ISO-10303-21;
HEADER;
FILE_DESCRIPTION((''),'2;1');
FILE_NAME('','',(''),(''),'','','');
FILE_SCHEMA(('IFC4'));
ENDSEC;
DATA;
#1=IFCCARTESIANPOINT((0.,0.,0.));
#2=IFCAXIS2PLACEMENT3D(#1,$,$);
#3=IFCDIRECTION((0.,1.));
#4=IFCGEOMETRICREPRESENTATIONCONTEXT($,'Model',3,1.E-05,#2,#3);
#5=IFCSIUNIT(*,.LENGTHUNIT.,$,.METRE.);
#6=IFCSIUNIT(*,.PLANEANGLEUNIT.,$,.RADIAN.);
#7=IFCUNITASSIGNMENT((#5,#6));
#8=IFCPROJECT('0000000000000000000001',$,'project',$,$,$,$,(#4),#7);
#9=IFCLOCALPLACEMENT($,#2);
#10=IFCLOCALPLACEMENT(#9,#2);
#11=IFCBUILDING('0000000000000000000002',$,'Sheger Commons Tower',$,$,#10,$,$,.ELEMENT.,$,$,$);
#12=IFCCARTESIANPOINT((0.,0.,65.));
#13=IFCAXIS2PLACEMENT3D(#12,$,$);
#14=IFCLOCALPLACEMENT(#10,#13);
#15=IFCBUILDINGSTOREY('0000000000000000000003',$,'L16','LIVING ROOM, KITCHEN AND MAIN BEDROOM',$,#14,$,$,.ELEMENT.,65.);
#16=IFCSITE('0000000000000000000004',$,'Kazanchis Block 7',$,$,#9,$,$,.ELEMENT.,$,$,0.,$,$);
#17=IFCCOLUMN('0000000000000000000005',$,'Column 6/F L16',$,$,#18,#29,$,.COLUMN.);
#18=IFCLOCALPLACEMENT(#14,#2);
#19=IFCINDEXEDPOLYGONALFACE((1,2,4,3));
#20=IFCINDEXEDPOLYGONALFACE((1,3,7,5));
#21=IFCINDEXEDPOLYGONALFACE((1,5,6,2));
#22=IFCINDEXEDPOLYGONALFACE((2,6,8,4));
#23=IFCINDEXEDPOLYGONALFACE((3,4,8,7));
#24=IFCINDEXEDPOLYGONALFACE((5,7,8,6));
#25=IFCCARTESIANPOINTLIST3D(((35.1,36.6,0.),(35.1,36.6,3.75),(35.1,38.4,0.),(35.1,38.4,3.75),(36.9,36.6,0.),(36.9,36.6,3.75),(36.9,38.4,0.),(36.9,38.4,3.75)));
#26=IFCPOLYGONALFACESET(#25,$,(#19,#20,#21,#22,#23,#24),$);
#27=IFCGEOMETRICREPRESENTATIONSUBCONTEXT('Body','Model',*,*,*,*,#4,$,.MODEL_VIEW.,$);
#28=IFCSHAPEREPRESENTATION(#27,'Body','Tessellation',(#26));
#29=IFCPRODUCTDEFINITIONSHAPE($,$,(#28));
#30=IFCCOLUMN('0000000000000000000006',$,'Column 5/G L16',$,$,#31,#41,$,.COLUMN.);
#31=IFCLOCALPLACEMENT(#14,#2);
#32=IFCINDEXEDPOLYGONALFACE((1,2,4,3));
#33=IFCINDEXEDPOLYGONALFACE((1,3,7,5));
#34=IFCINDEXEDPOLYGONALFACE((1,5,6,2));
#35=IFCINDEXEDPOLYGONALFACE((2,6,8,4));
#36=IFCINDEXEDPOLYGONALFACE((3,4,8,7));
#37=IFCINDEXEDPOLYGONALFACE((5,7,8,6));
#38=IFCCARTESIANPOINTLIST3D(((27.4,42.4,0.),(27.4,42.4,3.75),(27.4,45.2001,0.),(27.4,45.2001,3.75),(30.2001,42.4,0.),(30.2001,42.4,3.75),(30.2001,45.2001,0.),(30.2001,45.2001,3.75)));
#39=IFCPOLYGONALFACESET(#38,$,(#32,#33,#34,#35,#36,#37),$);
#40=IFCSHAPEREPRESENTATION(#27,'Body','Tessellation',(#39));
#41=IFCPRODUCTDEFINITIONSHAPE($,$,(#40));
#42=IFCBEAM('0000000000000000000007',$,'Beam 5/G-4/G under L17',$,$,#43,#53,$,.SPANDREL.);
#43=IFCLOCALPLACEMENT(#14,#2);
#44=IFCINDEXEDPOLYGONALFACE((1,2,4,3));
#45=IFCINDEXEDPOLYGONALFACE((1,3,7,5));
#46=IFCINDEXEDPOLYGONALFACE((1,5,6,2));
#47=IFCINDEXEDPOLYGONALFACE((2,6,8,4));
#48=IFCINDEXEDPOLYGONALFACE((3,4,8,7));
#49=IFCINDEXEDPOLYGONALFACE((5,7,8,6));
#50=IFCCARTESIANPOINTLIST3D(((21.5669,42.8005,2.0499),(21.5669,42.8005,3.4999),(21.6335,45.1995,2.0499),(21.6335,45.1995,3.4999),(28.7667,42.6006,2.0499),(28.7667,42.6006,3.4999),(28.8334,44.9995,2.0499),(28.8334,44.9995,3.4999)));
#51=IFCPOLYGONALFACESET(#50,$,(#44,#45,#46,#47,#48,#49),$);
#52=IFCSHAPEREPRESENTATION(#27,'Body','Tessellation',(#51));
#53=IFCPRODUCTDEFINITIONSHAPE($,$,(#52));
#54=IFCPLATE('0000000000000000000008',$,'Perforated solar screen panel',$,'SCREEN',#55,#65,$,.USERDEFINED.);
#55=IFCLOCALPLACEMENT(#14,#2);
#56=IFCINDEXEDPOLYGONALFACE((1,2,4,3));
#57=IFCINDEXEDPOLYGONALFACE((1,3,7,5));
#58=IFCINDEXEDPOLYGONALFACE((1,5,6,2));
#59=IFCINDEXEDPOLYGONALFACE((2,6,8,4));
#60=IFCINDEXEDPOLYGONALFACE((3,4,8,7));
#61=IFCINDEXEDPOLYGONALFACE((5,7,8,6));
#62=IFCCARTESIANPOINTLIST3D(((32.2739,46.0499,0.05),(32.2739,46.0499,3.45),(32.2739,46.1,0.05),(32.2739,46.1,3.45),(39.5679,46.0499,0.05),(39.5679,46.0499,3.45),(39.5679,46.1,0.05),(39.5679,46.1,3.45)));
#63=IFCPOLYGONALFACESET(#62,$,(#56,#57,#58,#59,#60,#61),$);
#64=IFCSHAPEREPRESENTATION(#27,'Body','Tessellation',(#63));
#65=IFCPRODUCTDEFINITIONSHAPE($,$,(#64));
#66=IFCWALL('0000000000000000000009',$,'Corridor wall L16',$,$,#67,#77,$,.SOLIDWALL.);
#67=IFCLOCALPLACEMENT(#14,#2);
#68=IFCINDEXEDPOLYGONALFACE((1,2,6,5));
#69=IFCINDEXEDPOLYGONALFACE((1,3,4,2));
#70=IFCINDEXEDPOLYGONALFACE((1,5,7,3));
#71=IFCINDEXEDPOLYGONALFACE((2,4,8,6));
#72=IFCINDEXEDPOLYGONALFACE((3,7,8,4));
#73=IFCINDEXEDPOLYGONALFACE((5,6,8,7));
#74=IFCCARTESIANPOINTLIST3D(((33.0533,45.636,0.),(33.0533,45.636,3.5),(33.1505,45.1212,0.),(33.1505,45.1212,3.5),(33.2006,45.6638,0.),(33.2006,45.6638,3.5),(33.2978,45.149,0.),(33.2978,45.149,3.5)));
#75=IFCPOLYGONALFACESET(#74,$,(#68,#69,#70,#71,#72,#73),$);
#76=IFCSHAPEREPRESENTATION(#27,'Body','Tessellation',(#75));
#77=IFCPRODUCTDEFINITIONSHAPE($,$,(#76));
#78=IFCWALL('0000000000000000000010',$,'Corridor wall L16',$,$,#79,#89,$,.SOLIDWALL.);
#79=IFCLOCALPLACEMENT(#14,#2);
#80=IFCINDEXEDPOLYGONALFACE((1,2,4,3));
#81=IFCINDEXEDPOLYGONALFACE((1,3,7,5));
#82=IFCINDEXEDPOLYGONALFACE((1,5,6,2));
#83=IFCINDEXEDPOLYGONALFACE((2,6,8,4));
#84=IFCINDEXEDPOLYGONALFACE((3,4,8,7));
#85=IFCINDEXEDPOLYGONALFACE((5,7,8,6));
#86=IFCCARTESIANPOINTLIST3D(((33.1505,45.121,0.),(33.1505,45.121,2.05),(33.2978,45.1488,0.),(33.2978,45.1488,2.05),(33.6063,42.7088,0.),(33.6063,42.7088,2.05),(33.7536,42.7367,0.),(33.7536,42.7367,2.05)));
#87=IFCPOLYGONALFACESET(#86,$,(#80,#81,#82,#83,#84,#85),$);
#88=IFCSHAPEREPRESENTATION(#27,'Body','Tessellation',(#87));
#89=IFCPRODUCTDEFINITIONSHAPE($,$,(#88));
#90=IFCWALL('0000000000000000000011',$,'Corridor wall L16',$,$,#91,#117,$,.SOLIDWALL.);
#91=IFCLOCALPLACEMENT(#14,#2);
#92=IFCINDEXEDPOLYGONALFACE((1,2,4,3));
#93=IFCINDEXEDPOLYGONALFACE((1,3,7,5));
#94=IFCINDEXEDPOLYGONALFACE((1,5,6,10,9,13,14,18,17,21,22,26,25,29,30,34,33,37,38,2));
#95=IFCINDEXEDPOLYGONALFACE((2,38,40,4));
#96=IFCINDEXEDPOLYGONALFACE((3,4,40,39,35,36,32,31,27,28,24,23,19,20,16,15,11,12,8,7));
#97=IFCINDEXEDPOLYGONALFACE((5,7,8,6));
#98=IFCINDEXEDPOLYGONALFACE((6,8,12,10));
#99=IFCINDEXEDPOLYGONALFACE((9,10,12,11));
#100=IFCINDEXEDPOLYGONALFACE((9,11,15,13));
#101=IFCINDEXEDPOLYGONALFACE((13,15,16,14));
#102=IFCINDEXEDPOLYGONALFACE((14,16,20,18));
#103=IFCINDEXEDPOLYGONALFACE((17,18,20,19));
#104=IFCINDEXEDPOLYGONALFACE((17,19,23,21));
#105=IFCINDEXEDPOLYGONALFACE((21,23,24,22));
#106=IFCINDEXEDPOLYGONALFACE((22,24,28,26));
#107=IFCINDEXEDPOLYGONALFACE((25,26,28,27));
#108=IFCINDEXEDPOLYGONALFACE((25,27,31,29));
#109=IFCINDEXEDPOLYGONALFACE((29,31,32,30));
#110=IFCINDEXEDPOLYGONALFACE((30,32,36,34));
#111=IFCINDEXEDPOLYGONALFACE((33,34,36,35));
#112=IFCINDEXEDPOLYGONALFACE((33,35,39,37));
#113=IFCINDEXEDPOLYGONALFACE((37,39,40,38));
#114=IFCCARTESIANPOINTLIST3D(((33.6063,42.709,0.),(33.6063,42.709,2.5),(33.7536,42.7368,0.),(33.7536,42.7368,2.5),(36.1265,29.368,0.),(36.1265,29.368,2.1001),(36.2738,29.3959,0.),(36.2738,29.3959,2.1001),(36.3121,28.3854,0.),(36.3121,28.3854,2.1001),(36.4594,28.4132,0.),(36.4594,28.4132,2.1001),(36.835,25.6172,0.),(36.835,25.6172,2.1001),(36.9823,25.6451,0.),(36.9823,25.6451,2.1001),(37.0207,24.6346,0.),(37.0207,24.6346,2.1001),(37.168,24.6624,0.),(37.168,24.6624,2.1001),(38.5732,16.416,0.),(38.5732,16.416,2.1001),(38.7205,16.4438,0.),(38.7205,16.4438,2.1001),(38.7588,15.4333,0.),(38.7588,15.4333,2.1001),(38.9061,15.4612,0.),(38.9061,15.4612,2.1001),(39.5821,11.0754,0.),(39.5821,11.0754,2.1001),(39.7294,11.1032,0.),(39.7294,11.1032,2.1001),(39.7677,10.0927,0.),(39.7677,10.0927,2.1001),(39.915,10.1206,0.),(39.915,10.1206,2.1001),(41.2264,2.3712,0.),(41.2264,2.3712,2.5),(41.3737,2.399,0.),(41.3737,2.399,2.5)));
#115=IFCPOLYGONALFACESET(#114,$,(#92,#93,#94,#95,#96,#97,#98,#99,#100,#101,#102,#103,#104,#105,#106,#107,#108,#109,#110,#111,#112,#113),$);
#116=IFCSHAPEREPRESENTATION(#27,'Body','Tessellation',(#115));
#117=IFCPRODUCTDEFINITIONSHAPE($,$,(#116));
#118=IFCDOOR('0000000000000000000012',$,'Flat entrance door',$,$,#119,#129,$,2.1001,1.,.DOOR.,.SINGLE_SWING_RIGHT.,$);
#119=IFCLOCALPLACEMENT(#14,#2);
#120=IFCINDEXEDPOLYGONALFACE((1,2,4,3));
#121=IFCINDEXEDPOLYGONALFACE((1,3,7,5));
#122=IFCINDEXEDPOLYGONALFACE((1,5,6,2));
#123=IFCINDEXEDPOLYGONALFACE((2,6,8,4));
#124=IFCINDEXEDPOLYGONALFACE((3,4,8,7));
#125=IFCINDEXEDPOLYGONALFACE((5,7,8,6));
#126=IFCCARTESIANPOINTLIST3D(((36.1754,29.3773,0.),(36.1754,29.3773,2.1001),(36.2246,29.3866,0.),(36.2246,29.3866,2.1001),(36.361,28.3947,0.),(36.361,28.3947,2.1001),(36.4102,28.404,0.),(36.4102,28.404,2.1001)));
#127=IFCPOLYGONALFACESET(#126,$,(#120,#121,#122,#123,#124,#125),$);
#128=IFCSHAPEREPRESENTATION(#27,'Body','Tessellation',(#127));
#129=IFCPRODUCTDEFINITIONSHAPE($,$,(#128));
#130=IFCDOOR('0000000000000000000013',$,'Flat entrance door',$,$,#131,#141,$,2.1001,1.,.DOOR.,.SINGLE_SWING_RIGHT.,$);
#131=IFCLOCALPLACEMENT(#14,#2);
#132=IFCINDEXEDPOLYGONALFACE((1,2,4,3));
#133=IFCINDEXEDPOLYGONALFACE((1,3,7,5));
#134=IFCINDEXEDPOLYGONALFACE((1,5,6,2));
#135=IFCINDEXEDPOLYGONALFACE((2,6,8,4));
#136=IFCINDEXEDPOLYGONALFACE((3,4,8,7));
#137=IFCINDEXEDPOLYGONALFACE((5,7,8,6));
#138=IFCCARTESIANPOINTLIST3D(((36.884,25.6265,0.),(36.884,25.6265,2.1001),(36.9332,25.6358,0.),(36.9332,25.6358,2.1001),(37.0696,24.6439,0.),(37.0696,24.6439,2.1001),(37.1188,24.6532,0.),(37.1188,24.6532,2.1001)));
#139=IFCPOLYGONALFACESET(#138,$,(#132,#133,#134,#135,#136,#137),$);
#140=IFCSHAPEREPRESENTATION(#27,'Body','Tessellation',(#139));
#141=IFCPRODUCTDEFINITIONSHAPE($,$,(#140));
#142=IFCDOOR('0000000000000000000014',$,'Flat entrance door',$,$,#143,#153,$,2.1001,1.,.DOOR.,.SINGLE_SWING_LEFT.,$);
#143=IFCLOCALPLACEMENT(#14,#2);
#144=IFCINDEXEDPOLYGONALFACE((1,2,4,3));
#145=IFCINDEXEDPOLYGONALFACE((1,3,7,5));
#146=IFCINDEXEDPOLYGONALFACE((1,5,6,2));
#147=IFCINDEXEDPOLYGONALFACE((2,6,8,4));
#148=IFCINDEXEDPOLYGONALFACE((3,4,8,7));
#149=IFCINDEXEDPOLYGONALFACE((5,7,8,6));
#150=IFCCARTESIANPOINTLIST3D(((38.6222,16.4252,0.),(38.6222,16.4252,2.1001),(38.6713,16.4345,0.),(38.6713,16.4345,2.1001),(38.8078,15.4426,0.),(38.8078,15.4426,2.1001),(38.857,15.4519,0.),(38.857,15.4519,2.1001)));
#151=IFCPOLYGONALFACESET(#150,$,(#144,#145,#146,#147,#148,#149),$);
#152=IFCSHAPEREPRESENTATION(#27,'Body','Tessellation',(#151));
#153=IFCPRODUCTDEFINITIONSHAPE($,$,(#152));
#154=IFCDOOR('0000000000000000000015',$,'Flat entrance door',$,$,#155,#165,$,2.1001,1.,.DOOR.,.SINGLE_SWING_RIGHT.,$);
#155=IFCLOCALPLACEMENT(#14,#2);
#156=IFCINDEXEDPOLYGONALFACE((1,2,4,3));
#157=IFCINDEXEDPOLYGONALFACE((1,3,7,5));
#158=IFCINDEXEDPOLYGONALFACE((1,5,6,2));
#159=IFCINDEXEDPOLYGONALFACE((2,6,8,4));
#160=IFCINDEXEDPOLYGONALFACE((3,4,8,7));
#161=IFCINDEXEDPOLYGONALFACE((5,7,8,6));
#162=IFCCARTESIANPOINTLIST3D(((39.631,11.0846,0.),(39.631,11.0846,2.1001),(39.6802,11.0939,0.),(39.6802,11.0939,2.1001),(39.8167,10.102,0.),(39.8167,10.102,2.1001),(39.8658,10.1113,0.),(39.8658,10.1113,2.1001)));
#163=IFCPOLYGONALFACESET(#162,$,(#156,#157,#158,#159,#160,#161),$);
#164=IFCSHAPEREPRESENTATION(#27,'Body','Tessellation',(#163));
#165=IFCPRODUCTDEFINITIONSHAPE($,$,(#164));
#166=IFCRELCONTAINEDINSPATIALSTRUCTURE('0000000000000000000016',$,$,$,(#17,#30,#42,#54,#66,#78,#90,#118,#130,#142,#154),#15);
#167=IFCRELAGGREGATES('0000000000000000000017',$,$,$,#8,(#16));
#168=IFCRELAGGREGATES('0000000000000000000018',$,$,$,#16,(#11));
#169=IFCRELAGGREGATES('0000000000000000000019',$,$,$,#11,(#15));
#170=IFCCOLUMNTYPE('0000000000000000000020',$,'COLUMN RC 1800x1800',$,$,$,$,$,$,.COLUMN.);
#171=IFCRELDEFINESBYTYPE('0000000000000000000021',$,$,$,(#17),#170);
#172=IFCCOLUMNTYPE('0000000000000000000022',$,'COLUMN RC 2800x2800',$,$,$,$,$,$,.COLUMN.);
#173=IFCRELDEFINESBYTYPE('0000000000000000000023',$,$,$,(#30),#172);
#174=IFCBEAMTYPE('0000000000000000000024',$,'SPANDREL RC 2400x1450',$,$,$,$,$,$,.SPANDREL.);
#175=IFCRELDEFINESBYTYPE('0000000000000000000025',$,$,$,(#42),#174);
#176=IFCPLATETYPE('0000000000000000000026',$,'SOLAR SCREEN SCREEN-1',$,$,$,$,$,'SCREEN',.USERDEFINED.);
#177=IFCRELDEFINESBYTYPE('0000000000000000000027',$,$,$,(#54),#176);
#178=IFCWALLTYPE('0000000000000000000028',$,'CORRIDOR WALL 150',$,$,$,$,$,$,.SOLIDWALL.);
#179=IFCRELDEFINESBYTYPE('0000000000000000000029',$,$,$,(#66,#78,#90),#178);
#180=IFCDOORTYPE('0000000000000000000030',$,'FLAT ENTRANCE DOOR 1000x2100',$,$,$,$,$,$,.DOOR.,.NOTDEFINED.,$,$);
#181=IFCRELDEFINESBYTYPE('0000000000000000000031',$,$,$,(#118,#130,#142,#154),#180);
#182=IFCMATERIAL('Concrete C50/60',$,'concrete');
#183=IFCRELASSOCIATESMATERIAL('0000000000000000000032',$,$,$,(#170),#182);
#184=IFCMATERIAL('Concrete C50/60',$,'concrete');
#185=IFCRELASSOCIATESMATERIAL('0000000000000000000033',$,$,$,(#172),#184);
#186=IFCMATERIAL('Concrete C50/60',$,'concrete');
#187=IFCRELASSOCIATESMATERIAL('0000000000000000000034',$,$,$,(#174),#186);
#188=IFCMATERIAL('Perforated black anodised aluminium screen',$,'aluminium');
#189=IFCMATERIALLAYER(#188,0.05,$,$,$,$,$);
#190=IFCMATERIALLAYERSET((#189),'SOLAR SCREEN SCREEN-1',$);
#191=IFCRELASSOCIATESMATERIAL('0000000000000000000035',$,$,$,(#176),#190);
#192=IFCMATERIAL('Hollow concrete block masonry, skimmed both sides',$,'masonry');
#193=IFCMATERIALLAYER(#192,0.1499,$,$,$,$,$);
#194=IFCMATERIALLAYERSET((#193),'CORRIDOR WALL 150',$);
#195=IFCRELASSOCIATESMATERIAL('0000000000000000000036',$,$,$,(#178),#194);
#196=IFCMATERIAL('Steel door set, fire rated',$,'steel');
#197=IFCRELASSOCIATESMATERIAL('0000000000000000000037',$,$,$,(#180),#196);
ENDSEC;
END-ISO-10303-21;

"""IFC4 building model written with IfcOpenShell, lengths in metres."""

from ifc_helpers import new_model, si_unit, direction, frame, frame_2d, origin, origin_2d, place, context, subcontext, project, spatial, rectangle, extrude, material, layer, layer_set, material_profile, profile_set, type_object, element, fill, save


model = new_model("IFC4")

# Units and contexts
model_context = context("Model", 3, precision=1e-05, world=origin(), true_north=direction((0.0, 1.0)))
body_context = subcontext(model_context, "Body", "Model", "MODEL_VIEW")
ifc_project = project(units=[si_unit("LENGTHUNIT", "METRE"), si_unit("PLANEANGLEUNIT", "RADIAN")], contexts=[model_context])

# Site, building, storey
site_placement = place(None, origin())
site = spatial("IfcSite", under=ifc_project, at=site_placement, Name="Kazanchis Block 7", CompositionType="ELEMENT", RefElevation=0.0)
building_placement = place(site_placement, origin())
building = spatial("IfcBuilding", under=site, at=building_placement, Name="Sheger Commons Tower", CompositionType="ELEMENT")
storey_placement = place(building_placement, frame((0.0, 0.0, 65.0)))
storey = spatial("IfcBuildingStorey", under=building, at=storey_placement, Name="L16", Description="LIVING ROOM, KITCHEN AND MAIN BEDROOM", CompositionType="ELEMENT", Elevation=65.0)

# Columns
ifc_material_1 = material(Name="Concrete C50/60", Category="concrete")
ifc_material_profile_1 = material_profile(ifc_material_1, rectangle(XDim=1.8, YDim=1.8, at=origin_2d()), Name="RC 1800x1800")
ifc_profile_set_1 = profile_set([ifc_material_profile_1], Name="Concrete C50/60")
column_type_1 = type_object("IfcColumnType", Name="COLUMN RC 1800x1800", PredefinedType="COLUMN", material=ifc_profile_set_1)
column_1_placement = place(storey_placement, frame((36.0, 37.5, 0.0), z_axis=(0.0, 0.0, 1.0), x_axis=(1.0, 0.0, 0.0)))
element("IfcColumn", 1, at=column_1_placement, inside=storey, type_object=column_type_1, Name="Column 6/F L16", PredefinedType="COLUMN", context=body_context, shape_type="SweptSolid", body=[
    extrude(rectangle(XDim=1.8, YDim=1.8, at=origin_2d()), origin(), (0.0, 0.0, 1.0), 3.75),
])
ifc_material_2 = material(Name="Concrete C50/60", Category="concrete")
ifc_material_profile_2 = material_profile(ifc_material_2, rectangle(XDim=2.8, YDim=2.8, at=origin_2d()), Name="RC 2800x2800")
ifc_profile_set_2 = profile_set([ifc_material_profile_2], Name="Concrete C50/60")
column_type_2 = type_object("IfcColumnType", Name="COLUMN RC 2800x2800", PredefinedType="COLUMN", material=ifc_profile_set_2)
column_2_placement = place(storey_placement, frame((28.8, 43.8, 0.0), z_axis=(0.0, 0.0, 1.0), x_axis=(1.0, 0.0, 0.0)))
element("IfcColumn", 2, at=column_2_placement, inside=storey, type_object=column_type_2, Name="Column 5/G L16", PredefinedType="COLUMN", context=body_context, shape_type="SweptSolid", body=[
    extrude(rectangle(XDim=2.8, YDim=2.8, at=origin_2d()), origin(), (0.0, 0.0, 1.0), 3.75),
])

# Beam
ifc_material_3 = material(Name="Concrete C50/60", Category="concrete")
ifc_material_profile_3 = material_profile(ifc_material_3, rectangle(XDim=2.3999, YDim=1.45, at=origin_2d()), Name="RC 2400x1450")
ifc_profile_set_3 = profile_set([ifc_material_profile_3], Name="Concrete C50/60")
beam_type = type_object("IfcBeamType", Name="SPANDREL RC 2400x1450", PredefinedType="SPANDREL", material=ifc_profile_set_3)
beam_placement = place(storey_placement, frame((28.8, 43.8, 2.7749), z_axis=(-0.999615, 0.02776, 0.0), x_axis=(-0.02776, -0.999615, 0.0)))
element("IfcBeam", 3, at=beam_placement, inside=storey, type_object=beam_type, Name="Beam 5/G-4/G under L17", PredefinedType="SPANDREL", context=body_context, shape_type="SweptSolid", body=[
    extrude(rectangle(XDim=2.3999, YDim=1.45, at=origin_2d()), origin(), (0.0, 0.0, 1.0), 7.2026),
])

# Plate
ifc_material_4 = material(Name="Perforated black anodised aluminium screen", Category="aluminium")
ifc_layer_1 = layer(ifc_material_4, 0.05)
ifc_layer_set_1 = layer_set([ifc_layer_1], Name="SOLAR SCREEN SCREEN-1")
plate_type = type_object("IfcPlateType", Name="SOLAR SCREEN SCREEN-1", ElementType="SCREEN", PredefinedType="USERDEFINED", material=ifc_layer_set_1)
plate_placement = place(storey_placement, frame((35.9209, 46.075, 0.05), z_axis=(0.0, 0.0, 1.0), x_axis=(-1.0, 0.0, 0.0)))
element("IfcPlate", 4, at=plate_placement, inside=storey, type_object=plate_type, Name="Perforated solar screen panel", ObjectType="SCREEN", PredefinedType="USERDEFINED", context=body_context, shape_type="SweptSolid", body=[
    extrude(rectangle(XDim=7.2939, YDim=0.05, at=origin_2d()), origin(), (0.0, 0.0, 1.0), 3.3999),
])

# Walls
ifc_material_5 = material(Name="Hollow concrete block masonry, skimmed both sides", Category="masonry")
ifc_layer_2 = layer(ifc_material_5, 0.1499)
ifc_layer_set_2 = layer_set([ifc_layer_2], Name="CORRIDOR WALL 150")
wall_type_1 = type_object("IfcWallType", Name="CORRIDOR WALL 150", PredefinedType="SOLIDWALL", material=ifc_layer_set_2)
wall_1_placement = place(storey_placement, frame((33.127, 45.6499, 0.0), z_axis=(0.0, 0.0, 1.0), x_axis=(0.185442, -0.982655, 0.0)))
element("IfcWall", 5, at=wall_1_placement, inside=storey, type_object=wall_type_1, Name="Corridor wall L16", PredefinedType="SOLIDWALL", context=body_context, shape_type="SweptSolid", body=[
    extrude(rectangle(XDim=0.5239, YDim=0.1499, at=frame_2d((0.262, 0.0))), origin(), (0.0, 0.0, 1.0), 3.5),
])
wall_2_placement = place(storey_placement, frame((33.2241, 45.135, 0.0), z_axis=(0.0, 0.0, 1.0), x_axis=(0.185681, -0.98261, 0.0)))
element("IfcWall", 6, at=wall_2_placement, inside=storey, type_object=wall_type_1, Name="Corridor wall L16", PredefinedType="SOLIDWALL", context=body_context, shape_type="SweptSolid", body=[
    extrude(rectangle(XDim=2.4548, YDim=0.1499, at=frame_2d((1.2275, 0.0))), origin(), (0.0, 0.0, 1.0), 2.05),
])

# Wall, openings, doors
wall_3_placement = place(storey_placement, frame((33.6799, 42.7229, 0.0), z_axis=(0.0, 0.0, 1.0), x_axis=(0.185624, -0.982621, 0.0)))
wall_3 = element("IfcWall", 7, at=wall_3_placement, inside=storey, type_object=wall_type_1, Name="Corridor wall L16", PredefinedType="SOLIDWALL", context=body_context, shape_type="SweptSolid", body=[
    extrude(rectangle(XDim=41.0513, YDim=0.1499, at=frame_2d((20.5256, 0.0))), origin(), (0.0, 0.0, 1.0), 2.5),
])
opening_1_placement = place(wall_3_placement, frame((13.5769, 0.0, 0.0)))
opening_1 = element("IfcOpeningElement", 8, at=opening_1_placement, cuts=wall_3, PredefinedType="OPENING", context=body_context, shape_type="SweptSolid", body=[
    extrude(rectangle(XDim=1.0, YDim=2.1001, at=frame_2d((0.5, 1.05))), frame((0.0, 0.085, 0.0), z_axis=(0.0, -1.0, 0.0), x_axis=(1.0, 0.0, 0.0)), (0.0, 0.0, 1.0), 0.1699),
])
opening_2_placement = place(wall_3_placement, frame((17.394, 0.0, 0.0)))
opening_2 = element("IfcOpeningElement", 9, at=opening_2_placement, cuts=wall_3, PredefinedType="OPENING", context=body_context, shape_type="SweptSolid", body=[
    extrude(rectangle(XDim=1.0, YDim=2.1001, at=frame_2d((0.5, 1.05))), frame((0.0, 0.085, 0.0), z_axis=(0.0, -1.0, 0.0), x_axis=(1.0, 0.0, 0.0)), (0.0, 0.0, 1.0), 0.1699),
])
opening_3_placement = place(wall_3_placement, frame((26.7581, 0.0, 0.0)))
opening_3 = element("IfcOpeningElement", 10, at=opening_3_placement, cuts=wall_3, PredefinedType="OPENING", context=body_context, shape_type="SweptSolid", body=[
    extrude(rectangle(XDim=1.0, YDim=2.1001, at=frame_2d((0.5, 1.05))), frame((0.0, 0.085, 0.0), z_axis=(0.0, -1.0, 0.0), x_axis=(1.0, 0.0, 0.0)), (0.0, 0.0, 1.0), 0.1699),
])
opening_4_placement = place(wall_3_placement, frame((32.1931, 0.0, 0.0)))
opening_4 = element("IfcOpeningElement", 11, at=opening_4_placement, cuts=wall_3, PredefinedType="OPENING", context=body_context, shape_type="SweptSolid", body=[
    extrude(rectangle(XDim=1.0, YDim=2.1001, at=frame_2d((0.5, 1.05))), frame((0.0, 0.085, 0.0), z_axis=(0.0, -1.0, 0.0), x_axis=(1.0, 0.0, 0.0)), (0.0, 0.0, 1.0), 0.1699),
])
ifc_material_6 = material(Name="Steel door set, fire rated", Category="steel")
door_type_1 = type_object("IfcDoorType", Name="FLAT ENTRANCE DOOR 1000x2100", OperationType="NOTDEFINED", PredefinedType="DOOR", material=ifc_material_6)
door_1_placement = place(opening_1_placement, origin())
door_1 = element("IfcDoor", 12, at=door_1_placement, inside=storey, type_object=door_type_1, Name="Flat entrance door", OperationType="SINGLE_SWING_RIGHT", OverallHeight=2.1001, OverallWidth=1.0, PredefinedType="DOOR", context=body_context, shape_type="SweptSolid", body=[
    extrude(rectangle(XDim=1.0, YDim=2.1001, at=frame_2d((0.5, 1.05))), frame((0.0, 0.0249, 0.0), z_axis=(0.0, -1.0, 0.0), x_axis=(1.0, 0.0, 0.0)), (0.0, 0.0, 1.0), 0.05),
])
fill(opening_1, door_1)
door_2_placement = place(opening_2_placement, origin())
door_2 = element("IfcDoor", 13, at=door_2_placement, inside=storey, type_object=door_type_1, Name="Flat entrance door", OperationType="SINGLE_SWING_RIGHT", OverallHeight=2.1001, OverallWidth=1.0, PredefinedType="DOOR", context=body_context, shape_type="SweptSolid", body=[
    extrude(rectangle(XDim=1.0, YDim=2.1001, at=frame_2d((0.5, 1.05))), frame((0.0, 0.0249, 0.0), z_axis=(0.0, -1.0, 0.0), x_axis=(1.0, 0.0, 0.0)), (0.0, 0.0, 1.0), 0.05),
])
fill(opening_2, door_2)
door_3_placement = place(opening_3_placement, origin())
door_3 = element("IfcDoor", 14, at=door_3_placement, inside=storey, type_object=door_type_1, Name="Flat entrance door", OperationType="SINGLE_SWING_LEFT", OverallHeight=2.1001, OverallWidth=1.0, PredefinedType="DOOR", context=body_context, shape_type="SweptSolid", body=[
    extrude(rectangle(XDim=1.0, YDim=2.1001, at=frame_2d((0.5, 1.05))), frame((0.0, 0.0249, 0.0), z_axis=(0.0, -1.0, 0.0), x_axis=(1.0, 0.0, 0.0)), (0.0, 0.0, 1.0), 0.05),
])
fill(opening_3, door_3)
door_4_placement = place(opening_4_placement, origin())
door_4 = element("IfcDoor", 15, at=door_4_placement, inside=storey, type_object=door_type_1, Name="Flat entrance door", OperationType="SINGLE_SWING_RIGHT", OverallHeight=2.1001, OverallWidth=1.0, PredefinedType="DOOR", context=body_context, shape_type="SweptSolid", body=[
    extrude(rectangle(XDim=1.0, YDim=2.1001, at=frame_2d((0.5, 1.05))), frame((0.0, 0.0249, 0.0), z_axis=(0.0, -1.0, 0.0), x_axis=(1.0, 0.0, 0.0)), (0.0, 0.0, 1.0), 0.05),
])
fill(opening_4, door_4)

save(model, "model.ifc")
